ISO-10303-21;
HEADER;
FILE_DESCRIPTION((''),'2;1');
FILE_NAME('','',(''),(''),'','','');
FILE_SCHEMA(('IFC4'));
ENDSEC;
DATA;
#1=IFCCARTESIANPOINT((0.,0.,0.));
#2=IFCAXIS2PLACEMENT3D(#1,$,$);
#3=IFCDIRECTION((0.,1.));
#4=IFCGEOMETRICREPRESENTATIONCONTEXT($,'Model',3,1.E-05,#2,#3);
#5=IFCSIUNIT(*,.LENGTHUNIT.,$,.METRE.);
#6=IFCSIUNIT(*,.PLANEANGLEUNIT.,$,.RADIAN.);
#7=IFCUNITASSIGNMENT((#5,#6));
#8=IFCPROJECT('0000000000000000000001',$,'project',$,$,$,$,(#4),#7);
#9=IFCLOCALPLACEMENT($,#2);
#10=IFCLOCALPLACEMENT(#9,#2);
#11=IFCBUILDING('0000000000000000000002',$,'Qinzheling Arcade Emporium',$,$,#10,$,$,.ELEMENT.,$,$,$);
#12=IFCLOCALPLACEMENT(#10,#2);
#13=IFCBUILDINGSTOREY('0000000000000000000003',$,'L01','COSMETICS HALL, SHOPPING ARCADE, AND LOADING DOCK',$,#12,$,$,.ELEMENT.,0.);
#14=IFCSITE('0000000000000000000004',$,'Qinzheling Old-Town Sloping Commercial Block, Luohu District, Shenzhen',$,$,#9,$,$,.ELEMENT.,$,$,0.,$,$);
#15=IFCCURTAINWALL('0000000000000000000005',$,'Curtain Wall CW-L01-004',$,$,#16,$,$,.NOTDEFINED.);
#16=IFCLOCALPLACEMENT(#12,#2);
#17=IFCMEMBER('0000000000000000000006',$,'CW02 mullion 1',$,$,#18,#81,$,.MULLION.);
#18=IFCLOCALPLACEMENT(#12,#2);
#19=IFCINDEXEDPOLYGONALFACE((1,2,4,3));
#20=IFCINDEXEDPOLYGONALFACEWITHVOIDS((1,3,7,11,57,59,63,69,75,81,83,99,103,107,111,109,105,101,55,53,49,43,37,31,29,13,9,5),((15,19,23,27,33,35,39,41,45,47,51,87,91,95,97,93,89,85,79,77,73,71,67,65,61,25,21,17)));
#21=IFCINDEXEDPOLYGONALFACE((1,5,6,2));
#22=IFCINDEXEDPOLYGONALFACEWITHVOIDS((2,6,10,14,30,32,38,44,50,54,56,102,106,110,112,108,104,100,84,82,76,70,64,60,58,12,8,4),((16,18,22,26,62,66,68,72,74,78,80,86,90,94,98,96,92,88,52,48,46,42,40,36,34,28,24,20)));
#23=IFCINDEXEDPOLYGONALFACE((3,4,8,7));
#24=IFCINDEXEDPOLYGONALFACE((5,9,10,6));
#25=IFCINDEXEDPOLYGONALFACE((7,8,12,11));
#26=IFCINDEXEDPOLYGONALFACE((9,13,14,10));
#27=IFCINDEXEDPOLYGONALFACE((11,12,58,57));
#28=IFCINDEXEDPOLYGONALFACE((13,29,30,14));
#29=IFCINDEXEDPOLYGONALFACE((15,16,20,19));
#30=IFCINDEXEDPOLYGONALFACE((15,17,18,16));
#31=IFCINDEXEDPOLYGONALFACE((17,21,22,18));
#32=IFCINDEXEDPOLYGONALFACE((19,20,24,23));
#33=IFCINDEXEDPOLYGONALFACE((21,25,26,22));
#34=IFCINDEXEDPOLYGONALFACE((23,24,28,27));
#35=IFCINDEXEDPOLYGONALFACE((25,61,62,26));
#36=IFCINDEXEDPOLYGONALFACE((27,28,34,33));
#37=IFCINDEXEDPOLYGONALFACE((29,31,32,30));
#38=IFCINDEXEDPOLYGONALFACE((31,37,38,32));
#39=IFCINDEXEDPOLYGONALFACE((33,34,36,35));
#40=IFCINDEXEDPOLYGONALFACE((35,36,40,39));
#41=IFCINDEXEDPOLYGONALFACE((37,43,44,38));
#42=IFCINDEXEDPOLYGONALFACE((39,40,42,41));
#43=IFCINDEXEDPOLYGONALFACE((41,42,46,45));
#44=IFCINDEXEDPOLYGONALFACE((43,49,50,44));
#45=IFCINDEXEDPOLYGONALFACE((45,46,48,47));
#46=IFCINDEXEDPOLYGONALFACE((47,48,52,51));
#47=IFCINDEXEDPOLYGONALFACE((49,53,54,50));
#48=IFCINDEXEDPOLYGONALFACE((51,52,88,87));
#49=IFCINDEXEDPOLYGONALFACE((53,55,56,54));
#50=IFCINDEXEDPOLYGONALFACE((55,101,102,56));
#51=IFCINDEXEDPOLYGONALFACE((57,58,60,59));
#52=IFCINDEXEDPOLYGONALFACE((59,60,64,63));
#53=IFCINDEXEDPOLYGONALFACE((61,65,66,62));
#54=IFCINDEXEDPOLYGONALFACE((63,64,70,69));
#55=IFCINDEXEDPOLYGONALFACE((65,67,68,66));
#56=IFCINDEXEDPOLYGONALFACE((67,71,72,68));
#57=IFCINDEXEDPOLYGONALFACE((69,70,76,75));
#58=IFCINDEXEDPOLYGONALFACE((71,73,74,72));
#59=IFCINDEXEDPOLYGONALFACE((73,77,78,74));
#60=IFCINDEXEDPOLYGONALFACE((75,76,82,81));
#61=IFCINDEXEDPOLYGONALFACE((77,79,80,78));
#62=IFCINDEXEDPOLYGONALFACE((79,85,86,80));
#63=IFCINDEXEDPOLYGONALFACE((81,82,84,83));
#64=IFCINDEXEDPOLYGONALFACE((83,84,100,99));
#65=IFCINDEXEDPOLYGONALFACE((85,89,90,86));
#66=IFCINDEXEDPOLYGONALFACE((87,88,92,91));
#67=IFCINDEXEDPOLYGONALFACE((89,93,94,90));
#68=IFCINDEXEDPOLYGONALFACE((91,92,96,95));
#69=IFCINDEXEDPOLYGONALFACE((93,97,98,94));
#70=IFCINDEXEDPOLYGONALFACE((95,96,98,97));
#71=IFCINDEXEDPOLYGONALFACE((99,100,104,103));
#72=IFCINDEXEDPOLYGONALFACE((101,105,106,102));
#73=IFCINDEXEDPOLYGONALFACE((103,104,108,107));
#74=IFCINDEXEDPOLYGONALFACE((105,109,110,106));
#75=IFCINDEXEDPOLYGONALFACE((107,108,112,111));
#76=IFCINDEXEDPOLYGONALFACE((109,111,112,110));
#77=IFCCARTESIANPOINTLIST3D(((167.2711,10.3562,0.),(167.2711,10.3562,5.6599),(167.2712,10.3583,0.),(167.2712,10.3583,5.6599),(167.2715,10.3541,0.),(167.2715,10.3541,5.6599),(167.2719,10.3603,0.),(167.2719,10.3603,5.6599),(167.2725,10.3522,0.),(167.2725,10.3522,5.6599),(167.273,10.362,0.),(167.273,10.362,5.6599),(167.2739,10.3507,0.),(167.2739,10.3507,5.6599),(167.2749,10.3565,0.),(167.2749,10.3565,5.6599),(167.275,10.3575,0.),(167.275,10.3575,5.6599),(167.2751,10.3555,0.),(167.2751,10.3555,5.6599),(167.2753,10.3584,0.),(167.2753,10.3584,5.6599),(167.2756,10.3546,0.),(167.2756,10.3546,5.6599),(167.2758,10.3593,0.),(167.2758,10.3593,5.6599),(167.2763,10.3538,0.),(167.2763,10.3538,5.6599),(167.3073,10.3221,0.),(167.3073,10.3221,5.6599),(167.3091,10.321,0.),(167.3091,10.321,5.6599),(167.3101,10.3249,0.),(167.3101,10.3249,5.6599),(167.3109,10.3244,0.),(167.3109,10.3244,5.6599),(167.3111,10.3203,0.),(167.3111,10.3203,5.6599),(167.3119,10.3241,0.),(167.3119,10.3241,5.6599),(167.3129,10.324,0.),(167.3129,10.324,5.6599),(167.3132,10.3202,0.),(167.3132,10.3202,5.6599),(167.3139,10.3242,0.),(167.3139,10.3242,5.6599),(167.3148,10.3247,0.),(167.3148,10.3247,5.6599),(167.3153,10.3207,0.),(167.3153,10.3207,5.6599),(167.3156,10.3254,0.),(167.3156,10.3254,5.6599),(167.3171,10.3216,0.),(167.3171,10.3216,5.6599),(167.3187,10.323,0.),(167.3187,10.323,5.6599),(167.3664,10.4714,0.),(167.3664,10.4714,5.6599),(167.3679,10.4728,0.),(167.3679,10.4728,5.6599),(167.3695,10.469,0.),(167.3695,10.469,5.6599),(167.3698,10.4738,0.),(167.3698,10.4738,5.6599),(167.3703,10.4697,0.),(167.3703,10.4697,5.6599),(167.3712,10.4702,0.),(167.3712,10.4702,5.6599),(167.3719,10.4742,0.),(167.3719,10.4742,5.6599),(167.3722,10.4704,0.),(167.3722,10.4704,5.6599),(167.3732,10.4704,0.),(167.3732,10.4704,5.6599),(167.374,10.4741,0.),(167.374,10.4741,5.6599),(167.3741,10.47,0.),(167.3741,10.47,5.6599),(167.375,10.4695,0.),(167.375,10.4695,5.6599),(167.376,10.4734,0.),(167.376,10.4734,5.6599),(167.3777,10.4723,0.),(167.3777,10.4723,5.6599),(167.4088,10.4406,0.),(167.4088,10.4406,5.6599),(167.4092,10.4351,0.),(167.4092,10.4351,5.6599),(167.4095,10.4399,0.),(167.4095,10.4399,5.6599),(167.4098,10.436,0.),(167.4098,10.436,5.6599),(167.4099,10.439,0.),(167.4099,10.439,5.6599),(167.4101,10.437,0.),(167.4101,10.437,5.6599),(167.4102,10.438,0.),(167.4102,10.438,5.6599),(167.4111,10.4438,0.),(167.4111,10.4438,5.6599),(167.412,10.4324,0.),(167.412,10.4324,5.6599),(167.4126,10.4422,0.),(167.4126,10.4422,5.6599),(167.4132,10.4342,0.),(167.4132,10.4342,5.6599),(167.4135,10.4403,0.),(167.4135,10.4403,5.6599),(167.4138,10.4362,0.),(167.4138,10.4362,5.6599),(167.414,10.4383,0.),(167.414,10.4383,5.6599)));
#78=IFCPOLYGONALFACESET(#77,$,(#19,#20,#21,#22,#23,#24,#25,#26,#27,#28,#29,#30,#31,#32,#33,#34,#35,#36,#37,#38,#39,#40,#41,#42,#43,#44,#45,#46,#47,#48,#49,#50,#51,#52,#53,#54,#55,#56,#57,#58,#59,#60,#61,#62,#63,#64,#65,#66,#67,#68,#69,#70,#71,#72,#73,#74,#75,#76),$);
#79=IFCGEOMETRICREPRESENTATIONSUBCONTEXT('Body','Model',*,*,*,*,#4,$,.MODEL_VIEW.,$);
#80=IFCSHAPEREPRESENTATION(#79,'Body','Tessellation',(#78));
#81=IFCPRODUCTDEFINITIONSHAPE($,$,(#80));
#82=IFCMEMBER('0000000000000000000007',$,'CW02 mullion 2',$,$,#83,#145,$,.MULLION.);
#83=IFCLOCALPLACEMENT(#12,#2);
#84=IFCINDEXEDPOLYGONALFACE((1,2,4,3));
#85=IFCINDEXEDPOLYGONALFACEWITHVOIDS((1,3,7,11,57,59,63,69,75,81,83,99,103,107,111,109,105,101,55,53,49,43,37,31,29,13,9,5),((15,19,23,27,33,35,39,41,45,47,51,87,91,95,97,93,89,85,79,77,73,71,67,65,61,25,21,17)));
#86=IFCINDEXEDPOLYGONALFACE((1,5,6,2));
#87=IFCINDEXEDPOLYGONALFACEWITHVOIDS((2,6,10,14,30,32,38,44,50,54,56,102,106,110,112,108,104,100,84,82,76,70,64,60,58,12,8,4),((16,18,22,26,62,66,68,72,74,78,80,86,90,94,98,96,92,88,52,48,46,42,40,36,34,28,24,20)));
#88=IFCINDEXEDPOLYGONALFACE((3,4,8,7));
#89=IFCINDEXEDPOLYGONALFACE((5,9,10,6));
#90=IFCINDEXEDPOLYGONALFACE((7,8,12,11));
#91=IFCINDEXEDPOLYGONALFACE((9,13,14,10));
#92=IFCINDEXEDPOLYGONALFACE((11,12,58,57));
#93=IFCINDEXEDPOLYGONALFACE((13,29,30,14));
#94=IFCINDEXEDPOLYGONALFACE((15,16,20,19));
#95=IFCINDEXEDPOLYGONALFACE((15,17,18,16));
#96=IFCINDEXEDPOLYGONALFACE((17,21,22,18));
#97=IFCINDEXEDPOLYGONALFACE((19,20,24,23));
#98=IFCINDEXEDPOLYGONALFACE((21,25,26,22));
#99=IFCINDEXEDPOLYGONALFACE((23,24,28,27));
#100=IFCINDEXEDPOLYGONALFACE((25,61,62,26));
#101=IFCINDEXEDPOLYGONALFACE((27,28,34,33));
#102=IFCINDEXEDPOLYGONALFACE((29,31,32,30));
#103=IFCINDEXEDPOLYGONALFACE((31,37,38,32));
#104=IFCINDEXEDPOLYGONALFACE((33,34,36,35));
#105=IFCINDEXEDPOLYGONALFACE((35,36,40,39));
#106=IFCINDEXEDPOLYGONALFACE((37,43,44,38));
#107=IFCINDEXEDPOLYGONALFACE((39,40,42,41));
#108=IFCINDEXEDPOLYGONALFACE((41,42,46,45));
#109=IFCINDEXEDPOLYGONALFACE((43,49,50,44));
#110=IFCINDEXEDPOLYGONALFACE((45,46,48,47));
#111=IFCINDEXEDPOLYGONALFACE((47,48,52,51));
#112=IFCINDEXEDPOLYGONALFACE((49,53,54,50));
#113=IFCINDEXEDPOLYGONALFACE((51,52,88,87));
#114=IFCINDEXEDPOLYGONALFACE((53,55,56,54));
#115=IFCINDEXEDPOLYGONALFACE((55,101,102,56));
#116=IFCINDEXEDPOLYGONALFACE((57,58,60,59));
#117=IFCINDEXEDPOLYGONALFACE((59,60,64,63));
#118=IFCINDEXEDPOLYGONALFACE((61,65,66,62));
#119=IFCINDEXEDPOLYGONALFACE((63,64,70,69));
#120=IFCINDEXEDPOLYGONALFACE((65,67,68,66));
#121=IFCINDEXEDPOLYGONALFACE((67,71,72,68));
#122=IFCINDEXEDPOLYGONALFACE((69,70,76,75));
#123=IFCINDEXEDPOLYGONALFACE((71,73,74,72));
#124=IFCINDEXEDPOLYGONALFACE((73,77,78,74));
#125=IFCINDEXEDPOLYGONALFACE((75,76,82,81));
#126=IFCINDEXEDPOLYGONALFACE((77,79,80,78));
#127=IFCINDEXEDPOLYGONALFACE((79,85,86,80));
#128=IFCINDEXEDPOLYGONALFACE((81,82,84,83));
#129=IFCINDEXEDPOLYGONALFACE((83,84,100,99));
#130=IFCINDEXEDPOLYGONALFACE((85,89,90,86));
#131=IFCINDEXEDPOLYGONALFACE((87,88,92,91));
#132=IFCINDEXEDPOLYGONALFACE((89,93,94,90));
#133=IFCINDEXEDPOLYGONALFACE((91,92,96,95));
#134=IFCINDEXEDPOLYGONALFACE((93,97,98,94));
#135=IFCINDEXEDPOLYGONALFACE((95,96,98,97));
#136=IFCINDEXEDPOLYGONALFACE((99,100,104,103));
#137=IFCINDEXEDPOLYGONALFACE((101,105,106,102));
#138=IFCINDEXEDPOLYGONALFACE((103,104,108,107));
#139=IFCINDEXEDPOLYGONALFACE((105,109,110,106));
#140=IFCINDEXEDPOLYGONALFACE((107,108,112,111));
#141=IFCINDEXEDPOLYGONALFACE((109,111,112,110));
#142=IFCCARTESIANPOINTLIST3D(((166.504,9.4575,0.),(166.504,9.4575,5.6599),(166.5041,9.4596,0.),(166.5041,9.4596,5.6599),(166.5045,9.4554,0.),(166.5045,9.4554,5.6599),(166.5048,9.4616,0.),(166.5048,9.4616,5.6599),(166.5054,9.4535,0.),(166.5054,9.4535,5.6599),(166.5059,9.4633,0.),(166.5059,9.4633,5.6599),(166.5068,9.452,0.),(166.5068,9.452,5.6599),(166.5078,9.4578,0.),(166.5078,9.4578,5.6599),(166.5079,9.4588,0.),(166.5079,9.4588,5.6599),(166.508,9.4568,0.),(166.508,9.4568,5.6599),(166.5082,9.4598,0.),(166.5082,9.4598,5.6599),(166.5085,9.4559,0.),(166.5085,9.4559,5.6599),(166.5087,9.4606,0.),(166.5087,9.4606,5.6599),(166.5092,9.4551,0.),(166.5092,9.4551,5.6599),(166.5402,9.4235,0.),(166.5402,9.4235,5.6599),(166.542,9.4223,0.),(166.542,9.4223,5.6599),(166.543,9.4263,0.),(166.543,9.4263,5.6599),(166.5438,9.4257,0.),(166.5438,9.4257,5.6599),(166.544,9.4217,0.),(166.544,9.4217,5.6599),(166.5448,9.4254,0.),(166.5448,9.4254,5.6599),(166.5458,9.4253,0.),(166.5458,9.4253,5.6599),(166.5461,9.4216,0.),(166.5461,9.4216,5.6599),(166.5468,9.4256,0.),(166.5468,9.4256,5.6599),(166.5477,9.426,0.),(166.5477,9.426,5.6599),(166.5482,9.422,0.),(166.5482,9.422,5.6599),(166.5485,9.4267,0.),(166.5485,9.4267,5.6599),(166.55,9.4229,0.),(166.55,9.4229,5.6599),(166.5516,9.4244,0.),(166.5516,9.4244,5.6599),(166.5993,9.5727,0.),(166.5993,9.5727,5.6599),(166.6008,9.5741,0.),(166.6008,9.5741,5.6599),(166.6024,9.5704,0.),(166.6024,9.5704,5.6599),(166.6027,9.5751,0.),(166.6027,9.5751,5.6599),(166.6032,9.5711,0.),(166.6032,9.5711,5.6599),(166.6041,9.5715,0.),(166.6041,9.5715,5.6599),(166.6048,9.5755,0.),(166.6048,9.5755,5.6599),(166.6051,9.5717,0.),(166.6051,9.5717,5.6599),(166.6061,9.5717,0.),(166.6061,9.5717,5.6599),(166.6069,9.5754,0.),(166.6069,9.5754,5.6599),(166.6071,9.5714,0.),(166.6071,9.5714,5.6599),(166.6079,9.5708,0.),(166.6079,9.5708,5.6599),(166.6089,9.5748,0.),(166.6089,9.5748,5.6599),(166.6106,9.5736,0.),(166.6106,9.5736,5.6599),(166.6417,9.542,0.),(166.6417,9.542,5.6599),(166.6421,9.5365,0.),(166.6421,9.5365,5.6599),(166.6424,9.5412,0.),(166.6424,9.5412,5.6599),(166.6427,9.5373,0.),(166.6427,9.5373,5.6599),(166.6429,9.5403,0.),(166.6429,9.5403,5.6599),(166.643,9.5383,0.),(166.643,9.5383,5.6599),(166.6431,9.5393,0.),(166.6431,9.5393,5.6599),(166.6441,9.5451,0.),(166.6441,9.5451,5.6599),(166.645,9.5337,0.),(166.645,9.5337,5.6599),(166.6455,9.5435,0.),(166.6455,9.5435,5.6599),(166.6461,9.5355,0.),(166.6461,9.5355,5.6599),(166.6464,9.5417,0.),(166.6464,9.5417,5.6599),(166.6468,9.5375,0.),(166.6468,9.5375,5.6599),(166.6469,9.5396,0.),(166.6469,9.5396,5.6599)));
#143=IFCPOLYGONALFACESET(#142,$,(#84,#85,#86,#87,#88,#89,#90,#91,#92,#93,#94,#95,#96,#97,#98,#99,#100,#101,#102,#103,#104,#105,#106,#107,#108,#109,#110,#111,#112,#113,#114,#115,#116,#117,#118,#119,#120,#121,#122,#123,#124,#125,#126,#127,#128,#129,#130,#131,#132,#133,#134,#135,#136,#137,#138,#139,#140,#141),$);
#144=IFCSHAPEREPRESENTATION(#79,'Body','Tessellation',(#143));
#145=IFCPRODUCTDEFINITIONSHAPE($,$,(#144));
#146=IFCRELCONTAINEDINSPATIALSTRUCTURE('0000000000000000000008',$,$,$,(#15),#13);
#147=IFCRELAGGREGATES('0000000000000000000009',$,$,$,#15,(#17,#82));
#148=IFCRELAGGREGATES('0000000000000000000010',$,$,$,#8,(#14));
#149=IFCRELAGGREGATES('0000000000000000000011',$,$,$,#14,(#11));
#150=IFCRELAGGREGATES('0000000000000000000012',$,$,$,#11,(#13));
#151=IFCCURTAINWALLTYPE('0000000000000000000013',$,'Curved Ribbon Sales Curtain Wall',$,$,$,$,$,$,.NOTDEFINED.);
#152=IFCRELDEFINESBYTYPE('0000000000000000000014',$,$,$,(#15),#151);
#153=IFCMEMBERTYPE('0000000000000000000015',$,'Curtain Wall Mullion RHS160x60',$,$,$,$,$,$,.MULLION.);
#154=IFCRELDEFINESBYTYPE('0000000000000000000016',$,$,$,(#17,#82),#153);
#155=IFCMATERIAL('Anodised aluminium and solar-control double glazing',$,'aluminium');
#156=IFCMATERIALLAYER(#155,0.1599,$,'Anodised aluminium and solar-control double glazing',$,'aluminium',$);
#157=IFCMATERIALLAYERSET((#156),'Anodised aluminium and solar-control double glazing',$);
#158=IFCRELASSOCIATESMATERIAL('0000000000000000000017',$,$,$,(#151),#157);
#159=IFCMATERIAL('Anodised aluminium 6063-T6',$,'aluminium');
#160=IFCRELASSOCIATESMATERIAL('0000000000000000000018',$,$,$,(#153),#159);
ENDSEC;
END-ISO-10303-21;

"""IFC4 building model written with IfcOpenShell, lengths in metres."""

from ifc_helpers import new_model, si_unit, direction, frame, origin, origin_2d, place, context, subcontext, project, spatial, hollow_rectangle, extrude, material, layer, layer_set, material_profile, profile_set, type_object, element, aggregate, save


model = new_model("IFC4")

# Units and contexts
model_context = context("Model", 3, precision=1e-05, world=origin(), true_north=direction((0.0, 1.0)))
body_context = subcontext(model_context, "Body", "Model", "MODEL_VIEW")
ifc_project = project(units=[si_unit("LENGTHUNIT", "METRE"), si_unit("PLANEANGLEUNIT", "RADIAN")], contexts=[model_context])

# Site, building, storey
site_placement = place(None, origin())
site = spatial("IfcSite", under=ifc_project, at=site_placement, Name="Qinzheling Old-Town Sloping Commercial Block, Luohu District, Shenzhen", CompositionType="ELEMENT", RefElevation=0.0)
building_placement = place(site_placement, origin())
building = spatial("IfcBuilding", under=site, at=building_placement, Name="Qinzheling Arcade Emporium", CompositionType="ELEMENT")
storey_placement = place(building_placement, origin())
storey = spatial("IfcBuildingStorey", under=building, at=storey_placement, Name="L01", Description="COSMETICS HALL, SHOPPING ARCADE, AND LOADING DOCK", CompositionType="ELEMENT", Elevation=0.0)

# Shared definitions
ifc_material_1 = material(Name="Anodised aluminium and solar-control double glazing", Category="aluminium")
ifc_layer_1 = layer(ifc_material_1, 0.1599, Name="Anodised aluminium and solar-control double glazing", Category="aluminium")
ifc_layer_set_1 = layer_set([ifc_layer_1], Name="Anodised aluminium and solar-control double glazing")
curtain_wall_type = type_object("IfcCurtainWallType", Name="Curved Ribbon Sales Curtain Wall", PredefinedType="NOTDEFINED", material=ifc_layer_set_1)
ifc_material_2 = material(Name="Anodised aluminium 6063-T6", Category="aluminium")
ifc_material_profile_1 = material_profile(ifc_material_2, hollow_rectangle(XDim=0.0601, YDim=0.1599, WallThickness=0.0039, InnerFilletRadius=0.0039, OuterFilletRadius=0.0081, at=origin_2d()), Name="RHS 160x60x4", Category="aluminium")
ifc_profile_set_1 = profile_set([ifc_material_profile_1], Name="Anodised aluminium 6063-T6")
member_type_1 = type_object("IfcMemberType", Name="Curtain Wall Mullion RHS160x60", PredefinedType="MULLION", material=ifc_profile_set_1)

# Curtain wall, members
curtain_wall_1_placement = place(storey_placement, origin())
curtain_wall_1 = element("IfcCurtainWall", 1, at=curtain_wall_1_placement, inside=storey, type_object=curtain_wall_type, Name="Curtain Wall CW-L01-004", PredefinedType="NOTDEFINED")
member_1_placement = place(storey_placement, frame((167.3425, 10.3972, 0.0), z_axis=(0.0, 0.0, 1.0), x_axis=(0.760624, -0.649193, 0.0)))
member_1 = element("IfcMember", 2, at=member_1_placement, type_object=member_type_1, Name="CW02 mullion 1", PredefinedType="MULLION", context=body_context, shape_type="SweptSolid", body=[
    extrude(hollow_rectangle(XDim=0.0601, YDim=0.1599, WallThickness=0.0039, InnerFilletRadius=0.0039, OuterFilletRadius=0.0081, at=origin_2d()), origin(), (0.0, 0.0, 1.0), 5.6599),
])
member_2_placement = place(storey_placement, frame((166.5754, 9.4985, 0.0), z_axis=(0.0, 0.0, 1.0), x_axis=(0.760624, -0.649193, 0.0)))
member_2 = element("IfcMember", 3, at=member_2_placement, type_object=member_type_1, Name="CW02 mullion 2", PredefinedType="MULLION", context=body_context, shape_type="SweptSolid", body=[
    extrude(hollow_rectangle(XDim=0.0601, YDim=0.1599, WallThickness=0.0039, InnerFilletRadius=0.0039, OuterFilletRadius=0.0081, at=origin_2d()), origin(), (0.0, 0.0, 1.0), 5.6599),
])

aggregate(curtain_wall_1, [member_1, member_2])

save(model, "model.ifc")
